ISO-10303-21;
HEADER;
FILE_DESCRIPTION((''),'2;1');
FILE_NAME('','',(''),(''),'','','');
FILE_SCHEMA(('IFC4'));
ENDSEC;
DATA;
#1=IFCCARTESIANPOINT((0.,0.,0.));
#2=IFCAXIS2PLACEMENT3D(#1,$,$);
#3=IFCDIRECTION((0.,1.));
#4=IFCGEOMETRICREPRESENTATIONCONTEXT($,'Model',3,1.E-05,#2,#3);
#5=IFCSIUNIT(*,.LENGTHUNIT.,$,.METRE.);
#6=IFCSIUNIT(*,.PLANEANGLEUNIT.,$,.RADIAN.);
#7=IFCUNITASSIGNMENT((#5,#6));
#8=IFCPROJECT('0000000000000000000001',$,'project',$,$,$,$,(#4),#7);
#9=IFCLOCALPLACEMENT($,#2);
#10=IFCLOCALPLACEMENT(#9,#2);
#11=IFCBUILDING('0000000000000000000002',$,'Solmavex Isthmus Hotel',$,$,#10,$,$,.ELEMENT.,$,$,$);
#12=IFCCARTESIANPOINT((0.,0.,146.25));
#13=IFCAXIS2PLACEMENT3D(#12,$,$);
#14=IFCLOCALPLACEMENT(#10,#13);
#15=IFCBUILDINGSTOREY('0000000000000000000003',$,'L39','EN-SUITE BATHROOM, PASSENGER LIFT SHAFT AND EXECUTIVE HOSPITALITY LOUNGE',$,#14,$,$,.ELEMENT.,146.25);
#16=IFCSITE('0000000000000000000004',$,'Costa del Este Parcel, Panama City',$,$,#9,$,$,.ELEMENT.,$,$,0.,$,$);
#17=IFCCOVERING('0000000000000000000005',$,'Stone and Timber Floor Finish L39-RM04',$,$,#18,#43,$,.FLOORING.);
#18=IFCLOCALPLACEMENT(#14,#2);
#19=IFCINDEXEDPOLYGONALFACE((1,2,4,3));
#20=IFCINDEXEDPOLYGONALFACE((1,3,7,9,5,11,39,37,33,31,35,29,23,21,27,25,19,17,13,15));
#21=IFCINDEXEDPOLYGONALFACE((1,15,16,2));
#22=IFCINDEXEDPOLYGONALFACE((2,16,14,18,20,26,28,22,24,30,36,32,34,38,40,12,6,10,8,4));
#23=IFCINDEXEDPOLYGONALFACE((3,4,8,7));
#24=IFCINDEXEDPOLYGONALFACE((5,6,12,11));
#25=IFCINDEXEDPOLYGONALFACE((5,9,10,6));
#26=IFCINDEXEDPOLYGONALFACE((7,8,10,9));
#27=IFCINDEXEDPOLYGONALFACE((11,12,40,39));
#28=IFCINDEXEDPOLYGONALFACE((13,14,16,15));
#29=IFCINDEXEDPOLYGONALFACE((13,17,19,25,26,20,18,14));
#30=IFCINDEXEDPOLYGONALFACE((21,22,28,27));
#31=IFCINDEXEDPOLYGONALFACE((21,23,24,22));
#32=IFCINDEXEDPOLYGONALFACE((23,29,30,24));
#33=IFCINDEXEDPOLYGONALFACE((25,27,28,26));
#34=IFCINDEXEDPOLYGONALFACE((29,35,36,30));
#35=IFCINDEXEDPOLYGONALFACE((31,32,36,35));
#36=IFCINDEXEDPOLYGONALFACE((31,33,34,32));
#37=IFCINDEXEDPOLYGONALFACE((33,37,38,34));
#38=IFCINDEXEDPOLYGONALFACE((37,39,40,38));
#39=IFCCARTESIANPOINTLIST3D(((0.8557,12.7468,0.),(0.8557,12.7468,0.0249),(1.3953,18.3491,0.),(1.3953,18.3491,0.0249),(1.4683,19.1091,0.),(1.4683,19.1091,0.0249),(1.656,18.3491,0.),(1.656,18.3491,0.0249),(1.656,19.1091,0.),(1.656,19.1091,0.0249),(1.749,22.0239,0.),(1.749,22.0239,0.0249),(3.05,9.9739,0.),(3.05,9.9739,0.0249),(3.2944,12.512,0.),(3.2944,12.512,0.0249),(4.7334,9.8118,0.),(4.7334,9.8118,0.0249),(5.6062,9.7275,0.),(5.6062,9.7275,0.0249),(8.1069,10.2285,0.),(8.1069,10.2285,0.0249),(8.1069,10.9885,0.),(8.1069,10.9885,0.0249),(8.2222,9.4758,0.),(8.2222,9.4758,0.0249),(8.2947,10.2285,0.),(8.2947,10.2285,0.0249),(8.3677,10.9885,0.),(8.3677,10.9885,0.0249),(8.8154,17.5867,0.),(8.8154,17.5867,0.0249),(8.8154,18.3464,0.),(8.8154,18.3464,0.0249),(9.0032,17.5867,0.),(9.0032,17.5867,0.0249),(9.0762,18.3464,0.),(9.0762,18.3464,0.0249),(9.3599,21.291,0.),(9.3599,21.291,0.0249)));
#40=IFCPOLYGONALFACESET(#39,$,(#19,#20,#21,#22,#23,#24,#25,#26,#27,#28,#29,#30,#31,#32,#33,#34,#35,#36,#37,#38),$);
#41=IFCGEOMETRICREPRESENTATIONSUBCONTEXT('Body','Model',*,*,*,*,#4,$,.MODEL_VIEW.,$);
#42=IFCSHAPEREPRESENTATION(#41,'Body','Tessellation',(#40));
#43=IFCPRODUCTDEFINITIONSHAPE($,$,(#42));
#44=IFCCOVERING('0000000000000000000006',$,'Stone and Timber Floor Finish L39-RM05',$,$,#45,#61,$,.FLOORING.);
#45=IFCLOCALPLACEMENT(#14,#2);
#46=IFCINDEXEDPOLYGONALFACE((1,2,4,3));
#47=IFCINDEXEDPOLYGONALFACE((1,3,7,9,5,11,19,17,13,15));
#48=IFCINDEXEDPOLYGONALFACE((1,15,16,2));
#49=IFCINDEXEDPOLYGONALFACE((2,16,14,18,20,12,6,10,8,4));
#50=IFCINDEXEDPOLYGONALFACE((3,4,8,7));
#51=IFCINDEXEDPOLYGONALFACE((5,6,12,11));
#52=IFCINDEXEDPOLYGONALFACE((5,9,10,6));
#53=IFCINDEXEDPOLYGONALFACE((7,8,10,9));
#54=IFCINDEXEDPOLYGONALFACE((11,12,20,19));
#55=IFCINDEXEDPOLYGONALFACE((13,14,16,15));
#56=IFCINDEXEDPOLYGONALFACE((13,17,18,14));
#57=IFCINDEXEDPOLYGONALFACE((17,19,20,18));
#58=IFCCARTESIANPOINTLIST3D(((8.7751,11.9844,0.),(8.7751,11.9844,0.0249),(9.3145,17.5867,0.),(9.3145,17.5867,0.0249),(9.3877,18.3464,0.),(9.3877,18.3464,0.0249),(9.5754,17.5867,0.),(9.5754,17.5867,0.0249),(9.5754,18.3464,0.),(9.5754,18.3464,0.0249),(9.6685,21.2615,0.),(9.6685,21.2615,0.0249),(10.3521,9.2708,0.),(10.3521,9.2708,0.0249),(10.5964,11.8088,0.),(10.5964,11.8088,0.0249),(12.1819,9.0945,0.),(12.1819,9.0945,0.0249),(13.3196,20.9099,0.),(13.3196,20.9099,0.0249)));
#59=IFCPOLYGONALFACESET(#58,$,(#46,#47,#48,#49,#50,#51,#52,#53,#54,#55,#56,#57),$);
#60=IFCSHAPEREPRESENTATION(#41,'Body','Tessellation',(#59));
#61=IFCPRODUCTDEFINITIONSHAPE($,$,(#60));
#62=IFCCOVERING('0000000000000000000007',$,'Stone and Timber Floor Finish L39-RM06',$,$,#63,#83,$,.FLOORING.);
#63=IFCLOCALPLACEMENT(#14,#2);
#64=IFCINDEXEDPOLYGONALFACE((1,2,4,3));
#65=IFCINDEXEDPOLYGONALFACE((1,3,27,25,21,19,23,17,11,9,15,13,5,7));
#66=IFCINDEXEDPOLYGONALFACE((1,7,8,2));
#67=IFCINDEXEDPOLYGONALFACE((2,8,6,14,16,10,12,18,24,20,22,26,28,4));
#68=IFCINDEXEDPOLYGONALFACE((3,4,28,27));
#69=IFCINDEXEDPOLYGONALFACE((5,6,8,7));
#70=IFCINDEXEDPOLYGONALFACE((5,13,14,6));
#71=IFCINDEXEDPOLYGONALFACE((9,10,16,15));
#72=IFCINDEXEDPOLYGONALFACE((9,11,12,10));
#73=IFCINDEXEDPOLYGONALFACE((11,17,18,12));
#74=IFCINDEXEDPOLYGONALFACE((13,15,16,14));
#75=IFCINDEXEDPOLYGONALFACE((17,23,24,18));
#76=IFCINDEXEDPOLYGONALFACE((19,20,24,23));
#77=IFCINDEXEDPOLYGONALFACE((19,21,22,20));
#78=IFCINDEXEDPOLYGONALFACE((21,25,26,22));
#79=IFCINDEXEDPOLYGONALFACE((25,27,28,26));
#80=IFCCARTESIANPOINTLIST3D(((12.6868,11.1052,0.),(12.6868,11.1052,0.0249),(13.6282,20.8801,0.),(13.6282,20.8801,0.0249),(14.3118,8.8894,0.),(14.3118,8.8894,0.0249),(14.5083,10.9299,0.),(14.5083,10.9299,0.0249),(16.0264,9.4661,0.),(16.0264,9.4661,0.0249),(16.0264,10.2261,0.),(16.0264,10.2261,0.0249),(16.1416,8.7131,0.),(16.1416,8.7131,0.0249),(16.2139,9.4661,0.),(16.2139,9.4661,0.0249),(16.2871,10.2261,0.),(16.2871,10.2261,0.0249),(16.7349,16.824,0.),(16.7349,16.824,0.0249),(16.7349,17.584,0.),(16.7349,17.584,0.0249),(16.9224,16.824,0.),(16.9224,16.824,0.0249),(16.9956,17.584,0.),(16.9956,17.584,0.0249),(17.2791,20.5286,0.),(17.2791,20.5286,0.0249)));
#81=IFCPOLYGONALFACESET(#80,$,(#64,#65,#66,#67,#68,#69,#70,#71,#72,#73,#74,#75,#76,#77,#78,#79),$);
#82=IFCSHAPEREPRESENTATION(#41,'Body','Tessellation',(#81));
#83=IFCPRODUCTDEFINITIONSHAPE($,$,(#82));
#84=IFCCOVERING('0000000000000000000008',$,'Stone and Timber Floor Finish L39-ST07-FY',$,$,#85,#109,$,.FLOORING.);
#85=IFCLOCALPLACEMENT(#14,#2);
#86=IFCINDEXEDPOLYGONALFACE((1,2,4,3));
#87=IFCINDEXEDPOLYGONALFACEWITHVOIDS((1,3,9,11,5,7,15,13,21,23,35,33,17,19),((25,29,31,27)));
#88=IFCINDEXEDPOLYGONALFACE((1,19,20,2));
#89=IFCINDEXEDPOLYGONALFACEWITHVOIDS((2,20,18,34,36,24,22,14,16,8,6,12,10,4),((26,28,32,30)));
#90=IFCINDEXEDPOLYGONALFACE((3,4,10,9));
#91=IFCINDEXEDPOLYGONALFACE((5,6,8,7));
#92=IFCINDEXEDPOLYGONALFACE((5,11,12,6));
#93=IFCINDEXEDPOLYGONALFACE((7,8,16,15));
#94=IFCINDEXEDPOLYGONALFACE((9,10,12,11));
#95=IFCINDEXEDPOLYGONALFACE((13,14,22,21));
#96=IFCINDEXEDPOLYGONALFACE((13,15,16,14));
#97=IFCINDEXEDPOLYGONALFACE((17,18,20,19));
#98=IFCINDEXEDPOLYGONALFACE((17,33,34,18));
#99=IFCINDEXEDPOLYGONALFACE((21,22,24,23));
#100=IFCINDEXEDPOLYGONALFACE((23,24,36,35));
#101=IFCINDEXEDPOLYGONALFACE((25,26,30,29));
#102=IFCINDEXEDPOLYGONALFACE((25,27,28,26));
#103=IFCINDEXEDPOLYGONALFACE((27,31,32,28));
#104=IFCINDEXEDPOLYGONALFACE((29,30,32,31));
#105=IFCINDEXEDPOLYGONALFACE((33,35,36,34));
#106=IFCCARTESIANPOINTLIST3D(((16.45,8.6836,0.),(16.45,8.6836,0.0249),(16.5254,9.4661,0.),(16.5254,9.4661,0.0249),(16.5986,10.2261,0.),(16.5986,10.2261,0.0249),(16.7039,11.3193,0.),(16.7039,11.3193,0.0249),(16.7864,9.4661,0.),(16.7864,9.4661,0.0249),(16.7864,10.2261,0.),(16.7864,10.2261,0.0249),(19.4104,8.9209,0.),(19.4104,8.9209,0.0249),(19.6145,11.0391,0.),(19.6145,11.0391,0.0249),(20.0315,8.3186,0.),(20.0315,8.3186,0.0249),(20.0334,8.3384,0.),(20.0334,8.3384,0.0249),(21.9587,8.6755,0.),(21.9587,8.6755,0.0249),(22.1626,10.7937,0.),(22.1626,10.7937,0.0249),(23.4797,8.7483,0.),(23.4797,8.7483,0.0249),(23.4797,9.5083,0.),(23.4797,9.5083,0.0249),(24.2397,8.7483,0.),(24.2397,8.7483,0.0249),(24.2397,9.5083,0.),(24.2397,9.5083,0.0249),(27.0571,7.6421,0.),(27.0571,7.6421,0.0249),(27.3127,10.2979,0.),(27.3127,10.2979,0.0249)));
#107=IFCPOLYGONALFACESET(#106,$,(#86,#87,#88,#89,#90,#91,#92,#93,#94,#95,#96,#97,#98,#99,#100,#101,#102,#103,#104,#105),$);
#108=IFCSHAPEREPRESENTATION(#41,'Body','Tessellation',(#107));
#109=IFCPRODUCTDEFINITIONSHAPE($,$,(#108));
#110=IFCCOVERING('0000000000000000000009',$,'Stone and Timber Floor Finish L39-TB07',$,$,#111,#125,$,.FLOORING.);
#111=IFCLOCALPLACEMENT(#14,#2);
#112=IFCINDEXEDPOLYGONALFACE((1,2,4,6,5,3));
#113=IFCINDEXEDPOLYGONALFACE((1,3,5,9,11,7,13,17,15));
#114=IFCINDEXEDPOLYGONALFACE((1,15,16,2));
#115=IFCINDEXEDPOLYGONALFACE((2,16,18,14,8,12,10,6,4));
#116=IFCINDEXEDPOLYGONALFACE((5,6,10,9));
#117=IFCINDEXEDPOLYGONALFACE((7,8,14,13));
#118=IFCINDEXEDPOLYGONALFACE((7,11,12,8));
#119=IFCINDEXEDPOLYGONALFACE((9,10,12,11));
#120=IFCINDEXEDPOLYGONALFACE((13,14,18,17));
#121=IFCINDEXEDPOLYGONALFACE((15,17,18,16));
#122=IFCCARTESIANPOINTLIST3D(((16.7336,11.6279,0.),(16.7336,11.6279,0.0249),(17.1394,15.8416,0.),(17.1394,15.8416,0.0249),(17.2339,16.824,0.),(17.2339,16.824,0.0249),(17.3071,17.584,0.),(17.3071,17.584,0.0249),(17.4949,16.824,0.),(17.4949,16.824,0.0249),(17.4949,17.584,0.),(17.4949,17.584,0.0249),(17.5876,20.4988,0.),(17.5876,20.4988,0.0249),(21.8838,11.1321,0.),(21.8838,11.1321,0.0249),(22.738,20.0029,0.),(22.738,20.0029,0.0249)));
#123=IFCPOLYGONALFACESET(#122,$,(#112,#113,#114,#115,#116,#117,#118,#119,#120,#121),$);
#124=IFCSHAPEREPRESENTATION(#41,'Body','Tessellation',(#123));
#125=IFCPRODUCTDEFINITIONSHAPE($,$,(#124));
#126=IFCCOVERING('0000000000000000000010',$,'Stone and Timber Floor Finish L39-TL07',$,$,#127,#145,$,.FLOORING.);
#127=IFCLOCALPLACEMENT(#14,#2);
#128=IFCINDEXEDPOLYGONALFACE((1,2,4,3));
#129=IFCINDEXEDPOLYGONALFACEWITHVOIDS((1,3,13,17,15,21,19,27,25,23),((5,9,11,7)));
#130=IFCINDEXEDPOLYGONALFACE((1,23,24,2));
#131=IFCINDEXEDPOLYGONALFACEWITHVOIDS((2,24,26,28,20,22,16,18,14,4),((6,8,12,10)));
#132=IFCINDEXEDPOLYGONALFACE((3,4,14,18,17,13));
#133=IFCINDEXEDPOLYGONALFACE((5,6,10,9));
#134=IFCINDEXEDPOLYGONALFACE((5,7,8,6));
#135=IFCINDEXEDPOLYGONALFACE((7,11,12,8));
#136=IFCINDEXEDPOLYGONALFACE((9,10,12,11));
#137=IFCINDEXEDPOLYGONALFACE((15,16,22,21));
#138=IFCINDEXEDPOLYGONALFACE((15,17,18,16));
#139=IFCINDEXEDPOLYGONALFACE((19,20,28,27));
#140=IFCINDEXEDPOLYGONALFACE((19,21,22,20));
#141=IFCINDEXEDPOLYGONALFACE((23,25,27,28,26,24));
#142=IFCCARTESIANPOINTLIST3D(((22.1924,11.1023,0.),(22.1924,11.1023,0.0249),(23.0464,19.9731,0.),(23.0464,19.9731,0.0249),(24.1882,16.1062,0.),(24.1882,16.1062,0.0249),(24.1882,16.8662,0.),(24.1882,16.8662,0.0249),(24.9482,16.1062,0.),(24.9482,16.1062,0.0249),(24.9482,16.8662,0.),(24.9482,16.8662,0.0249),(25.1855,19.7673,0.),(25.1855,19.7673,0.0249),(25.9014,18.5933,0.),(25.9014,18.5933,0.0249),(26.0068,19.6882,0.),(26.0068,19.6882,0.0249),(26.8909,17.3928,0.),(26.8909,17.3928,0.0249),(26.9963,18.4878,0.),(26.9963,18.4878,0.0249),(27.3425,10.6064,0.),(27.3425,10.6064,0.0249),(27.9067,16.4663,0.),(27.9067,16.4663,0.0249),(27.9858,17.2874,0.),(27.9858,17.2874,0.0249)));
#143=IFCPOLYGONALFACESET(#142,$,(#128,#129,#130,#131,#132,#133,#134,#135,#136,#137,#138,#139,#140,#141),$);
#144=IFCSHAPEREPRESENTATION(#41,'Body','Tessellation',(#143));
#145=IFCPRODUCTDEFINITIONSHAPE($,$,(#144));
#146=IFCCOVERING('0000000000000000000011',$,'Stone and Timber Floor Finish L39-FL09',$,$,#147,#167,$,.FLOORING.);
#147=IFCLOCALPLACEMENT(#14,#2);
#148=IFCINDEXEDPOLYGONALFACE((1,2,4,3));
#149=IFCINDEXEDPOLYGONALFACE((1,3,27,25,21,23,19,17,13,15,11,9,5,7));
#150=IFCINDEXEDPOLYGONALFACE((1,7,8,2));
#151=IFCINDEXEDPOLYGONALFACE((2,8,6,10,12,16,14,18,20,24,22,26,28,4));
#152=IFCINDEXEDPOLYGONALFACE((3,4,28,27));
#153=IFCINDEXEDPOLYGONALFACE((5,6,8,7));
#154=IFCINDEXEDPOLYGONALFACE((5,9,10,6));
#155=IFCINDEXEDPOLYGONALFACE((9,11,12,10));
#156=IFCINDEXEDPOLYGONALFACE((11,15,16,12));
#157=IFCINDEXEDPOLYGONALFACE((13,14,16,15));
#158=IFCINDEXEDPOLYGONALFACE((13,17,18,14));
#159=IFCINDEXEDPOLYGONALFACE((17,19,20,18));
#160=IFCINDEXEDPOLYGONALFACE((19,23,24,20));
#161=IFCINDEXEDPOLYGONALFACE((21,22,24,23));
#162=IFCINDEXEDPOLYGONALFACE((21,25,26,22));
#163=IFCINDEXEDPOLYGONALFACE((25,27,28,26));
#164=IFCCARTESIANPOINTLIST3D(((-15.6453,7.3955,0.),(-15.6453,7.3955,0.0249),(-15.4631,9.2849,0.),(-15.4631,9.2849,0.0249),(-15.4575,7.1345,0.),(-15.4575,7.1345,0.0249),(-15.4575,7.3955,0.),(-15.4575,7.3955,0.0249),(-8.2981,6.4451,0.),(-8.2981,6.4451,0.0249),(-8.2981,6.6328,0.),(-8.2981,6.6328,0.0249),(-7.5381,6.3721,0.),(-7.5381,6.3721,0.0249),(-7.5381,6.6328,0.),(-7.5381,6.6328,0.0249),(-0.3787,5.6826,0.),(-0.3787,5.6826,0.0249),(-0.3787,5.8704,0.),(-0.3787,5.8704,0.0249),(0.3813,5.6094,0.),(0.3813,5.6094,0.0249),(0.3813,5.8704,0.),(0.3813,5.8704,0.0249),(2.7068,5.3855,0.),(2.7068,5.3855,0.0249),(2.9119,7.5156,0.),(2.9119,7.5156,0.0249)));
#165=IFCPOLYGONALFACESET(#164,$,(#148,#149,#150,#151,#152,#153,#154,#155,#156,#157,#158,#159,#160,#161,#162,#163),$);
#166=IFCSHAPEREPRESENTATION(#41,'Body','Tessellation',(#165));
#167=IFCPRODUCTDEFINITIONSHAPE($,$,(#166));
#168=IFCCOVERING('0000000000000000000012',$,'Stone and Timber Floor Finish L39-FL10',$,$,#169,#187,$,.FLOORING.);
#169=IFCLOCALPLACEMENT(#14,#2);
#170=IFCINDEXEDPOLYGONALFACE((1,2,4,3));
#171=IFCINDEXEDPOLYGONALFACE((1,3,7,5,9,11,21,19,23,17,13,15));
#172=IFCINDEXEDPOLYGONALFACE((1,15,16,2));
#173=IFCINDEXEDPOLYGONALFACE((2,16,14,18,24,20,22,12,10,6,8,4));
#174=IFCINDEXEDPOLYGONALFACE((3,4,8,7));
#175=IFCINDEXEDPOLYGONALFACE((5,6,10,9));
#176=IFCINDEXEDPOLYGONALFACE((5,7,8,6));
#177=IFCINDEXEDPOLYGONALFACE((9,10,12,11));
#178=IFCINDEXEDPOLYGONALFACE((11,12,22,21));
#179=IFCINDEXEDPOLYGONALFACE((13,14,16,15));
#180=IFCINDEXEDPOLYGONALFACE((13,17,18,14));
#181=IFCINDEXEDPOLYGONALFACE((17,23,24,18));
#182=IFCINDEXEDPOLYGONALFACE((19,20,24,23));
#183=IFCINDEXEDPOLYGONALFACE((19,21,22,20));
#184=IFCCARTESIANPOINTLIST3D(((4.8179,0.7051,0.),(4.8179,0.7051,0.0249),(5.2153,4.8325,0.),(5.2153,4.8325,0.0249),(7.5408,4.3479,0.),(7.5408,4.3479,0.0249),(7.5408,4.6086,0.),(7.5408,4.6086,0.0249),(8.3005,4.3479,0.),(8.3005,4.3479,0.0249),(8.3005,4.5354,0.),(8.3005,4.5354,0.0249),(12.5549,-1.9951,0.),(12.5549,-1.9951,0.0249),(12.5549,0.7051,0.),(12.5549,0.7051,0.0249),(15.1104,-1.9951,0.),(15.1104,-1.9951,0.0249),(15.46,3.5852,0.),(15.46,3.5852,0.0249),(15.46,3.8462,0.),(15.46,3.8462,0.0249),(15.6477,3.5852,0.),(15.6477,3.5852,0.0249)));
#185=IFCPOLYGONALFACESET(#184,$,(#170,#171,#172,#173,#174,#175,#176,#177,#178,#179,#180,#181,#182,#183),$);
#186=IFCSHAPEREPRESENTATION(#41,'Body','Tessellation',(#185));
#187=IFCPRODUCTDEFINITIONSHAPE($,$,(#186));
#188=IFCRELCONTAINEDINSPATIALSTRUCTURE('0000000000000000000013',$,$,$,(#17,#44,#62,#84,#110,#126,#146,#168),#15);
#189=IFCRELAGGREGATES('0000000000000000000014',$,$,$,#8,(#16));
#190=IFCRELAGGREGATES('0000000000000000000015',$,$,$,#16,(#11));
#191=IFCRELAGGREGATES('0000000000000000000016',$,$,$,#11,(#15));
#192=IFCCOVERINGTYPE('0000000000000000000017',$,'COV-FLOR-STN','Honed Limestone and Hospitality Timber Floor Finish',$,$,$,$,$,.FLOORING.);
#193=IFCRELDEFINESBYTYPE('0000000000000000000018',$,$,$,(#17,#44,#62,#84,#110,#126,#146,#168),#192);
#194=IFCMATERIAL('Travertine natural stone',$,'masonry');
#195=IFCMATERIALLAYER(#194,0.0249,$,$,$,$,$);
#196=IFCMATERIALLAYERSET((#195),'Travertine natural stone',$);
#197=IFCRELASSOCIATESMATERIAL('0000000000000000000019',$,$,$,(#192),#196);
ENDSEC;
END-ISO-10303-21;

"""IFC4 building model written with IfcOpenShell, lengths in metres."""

from ifc_helpers import new_model, si_unit, direction, frame, origin, place, context, subcontext, project, spatial, polyline, outline, extrude, material, layer, layer_set, type_object, element, save


model = new_model("IFC4")

# Units and contexts
model_context = context("Model", 3, precision=1e-05, world=origin(), true_north=direction((0.0, 1.0)))
body_context = subcontext(model_context, "Body", "Model", "MODEL_VIEW")
ifc_project = project(units=[si_unit("LENGTHUNIT", "METRE"), si_unit("PLANEANGLEUNIT", "RADIAN")], contexts=[model_context])

# Site, building, storey
site_placement = place(None, origin())
site = spatial("IfcSite", under=ifc_project, at=site_placement, Name="Costa del Este Parcel, Panama City", CompositionType="ELEMENT", RefElevation=0.0)
building_placement = place(site_placement, origin())
building = spatial("IfcBuilding", under=site, at=building_placement, Name="Solmavex Isthmus Hotel", CompositionType="ELEMENT")
storey_placement = place(building_placement, frame((0.0, 0.0, 146.25)))
storey = spatial("IfcBuildingStorey", under=building, at=storey_placement, Name="L39", Description="EN-SUITE BATHROOM, PASSENGER LIFT SHAFT AND EXECUTIVE HOSPITALITY LOUNGE", CompositionType="ELEMENT", Elevation=146.25)

# Coverings
ifc_material_1 = material(Name="Travertine natural stone", Category="masonry")
ifc_layer_1 = layer(ifc_material_1, 0.0249)
ifc_layer_set_1 = layer_set([ifc_layer_1], Name="Travertine natural stone")
covering_type_1 = type_object("IfcCoveringType", Name="COV-FLOR-STN", Description="Honed Limestone and Hospitality Timber Floor Finish", PredefinedType="FLOORING", material=ifc_layer_set_1)
covering_1_placement = place(storey_placement, origin())
element("IfcCovering", 1, at=covering_1_placement, inside=storey, type_object=covering_type_1, Name="Stone and Timber Floor Finish L39-RM04", PredefinedType="FLOORING", context=body_context, shape_type="SweptSolid", body=[
    extrude(outline(polyline([(1.4683, 19.1091), (1.656, 19.1091), (1.656, 18.3491), (1.3953, 18.3491), (0.8557, 12.7468), (3.2944, 12.512), (3.05, 9.9739), (4.7334, 9.8118), (5.6062, 9.7275), (8.2222, 9.4758), (8.2947, 10.2285), (8.1069, 10.2285), (8.1069, 10.9885), (8.3677, 10.9885), (9.0032, 17.5867), (8.8154, 17.5867), (8.8154, 18.3464), (9.0762, 18.3464), (9.3599, 21.291), (1.749, 22.0239), (1.4683, 19.1091)])), origin(), (0.0, 0.0, 1.0), 0.0249),
])
covering_2_placement = place(storey_placement, origin())
element("IfcCovering", 2, at=covering_2_placement, inside=storey, type_object=covering_type_1, Name="Stone and Timber Floor Finish L39-RM05", PredefinedType="FLOORING", context=body_context, shape_type="SweptSolid", body=[
    extrude(outline(polyline([(9.3877, 18.3464), (9.5754, 18.3464), (9.5754, 17.5867), (9.3145, 17.5867), (8.7751, 11.9844), (10.5964, 11.8088), (10.3521, 9.2708), (12.1819, 9.0945), (13.3196, 20.9099), (9.6685, 21.2615), (9.3877, 18.3464)])), origin(), (0.0, 0.0, 1.0), 0.0249),
])
covering_3_placement = place(storey_placement, origin())
element("IfcCovering", 3, at=covering_3_placement, inside=storey, type_object=covering_type_1, Name="Stone and Timber Floor Finish L39-RM06", PredefinedType="FLOORING", context=body_context, shape_type="SweptSolid", body=[
    extrude(outline(polyline([(16.9224, 16.824), (16.7349, 16.824), (16.7349, 17.584), (16.9956, 17.584), (17.2791, 20.5286), (13.6282, 20.8801), (12.6868, 11.1052), (14.5083, 10.9299), (14.3118, 8.8894), (16.1416, 8.7131), (16.2139, 9.4661), (16.0264, 9.4661), (16.0264, 10.2261), (16.2871, 10.2261), (16.9224, 16.824)])), origin(), (0.0, 0.0, 1.0), 0.0249),
])
covering_4_placement = place(storey_placement, origin())
element("IfcCovering", 4, at=covering_4_placement, inside=storey, type_object=covering_type_1, Name="Stone and Timber Floor Finish L39-ST07-FY", PredefinedType="FLOORING", context=body_context, shape_type="SweptSolid", body=[
    extrude(outline(polyline([(19.6145, 11.0391), (16.7039, 11.3193), (16.5986, 10.2261), (16.7864, 10.2261), (16.7864, 9.4661), (16.5254, 9.4661), (16.45, 8.6836), (20.0334, 8.3384), (20.0315, 8.3186), (27.0571, 7.6421), (27.3127, 10.2979), (22.1626, 10.7937), (21.9587, 8.6755), (19.4104, 8.9209), (19.6145, 11.0391)]), holes=[polyline([(23.4797, 8.7483), (23.4797, 9.5083), (24.2397, 9.5083), (24.2397, 8.7483), (23.4797, 8.7483)])]), origin(), (0.0, 0.0, 1.0), 0.0249),
])
covering_5_placement = place(storey_placement, origin())
element("IfcCovering", 5, at=covering_5_placement, inside=storey, type_object=covering_type_1, Name="Stone and Timber Floor Finish L39-TB07", PredefinedType="FLOORING", context=body_context, shape_type="SweptSolid", body=[
    extrude(outline(polyline([(17.3071, 17.584), (17.4949, 17.584), (17.4949, 16.824), (17.2339, 16.824), (17.1394, 15.8416), (16.7336, 11.6279), (21.8838, 11.1321), (22.738, 20.0029), (17.5876, 20.4988), (17.3071, 17.584)])), origin(), (0.0, 0.0, 1.0), 0.0249),
])
covering_6_placement = place(storey_placement, origin())
element("IfcCovering", 6, at=covering_6_placement, inside=storey, type_object=covering_type_1, Name="Stone and Timber Floor Finish L39-TL07", PredefinedType="FLOORING", context=body_context, shape_type="SweptSolid", body=[
    extrude(outline(polyline([(26.0068, 19.6882), (25.1855, 19.7673), (23.0464, 19.9731), (22.1924, 11.1023), (27.3425, 10.6064), (27.9067, 16.4663), (27.9858, 17.2874), (26.8909, 17.3928), (26.9963, 18.4878), (25.9014, 18.5933), (26.0068, 19.6882)]), holes=[polyline([(24.1882, 16.1062), (24.1882, 16.8662), (24.9482, 16.8662), (24.9482, 16.1062), (24.1882, 16.1062)])]), origin(), (0.0, 0.0, 1.0), 0.0249),
])
covering_7_placement = place(storey_placement, origin())
element("IfcCovering", 7, at=covering_7_placement, inside=storey, type_object=covering_type_1, Name="Stone and Timber Floor Finish L39-FL09", PredefinedType="FLOORING", context=body_context, shape_type="SweptSolid", body=[
    extrude(outline(polyline([(-0.3787, 5.6826), (-0.3787, 5.8704), (0.3813, 5.8704), (0.3813, 5.6094), (2.7068, 5.3855), (2.9119, 7.5156), (-15.4631, 9.2849), (-15.6453, 7.3955), (-15.4575, 7.3955), (-15.4575, 7.1345), (-8.2981, 6.4451), (-8.2981, 6.6328), (-7.5381, 6.6328), (-7.5381, 6.3721), (-0.3787, 5.6826)])), origin(), (0.0, 0.0, 1.0), 0.0249),
])
covering_8_placement = place(storey_placement, origin())
element("IfcCovering", 8, at=covering_8_placement, inside=storey, type_object=covering_type_1, Name="Stone and Timber Floor Finish L39-FL10", PredefinedType="FLOORING", context=body_context, shape_type="SweptSolid", body=[
    extrude(outline(polyline([(8.3005, 4.5354), (8.3005, 4.3479), (7.5408, 4.3479), (7.5408, 4.6086), (5.2153, 4.8325), (4.8179, 0.7051), (12.5549, 0.7051), (12.5549, -1.9951), (15.1104, -1.9951), (15.6477, 3.5852), (15.46, 3.5852), (15.46, 3.8462), (8.3005, 4.5354)])), origin(), (0.0, 0.0, 1.0), 0.0249),
])

save(model, "model.ifc")
